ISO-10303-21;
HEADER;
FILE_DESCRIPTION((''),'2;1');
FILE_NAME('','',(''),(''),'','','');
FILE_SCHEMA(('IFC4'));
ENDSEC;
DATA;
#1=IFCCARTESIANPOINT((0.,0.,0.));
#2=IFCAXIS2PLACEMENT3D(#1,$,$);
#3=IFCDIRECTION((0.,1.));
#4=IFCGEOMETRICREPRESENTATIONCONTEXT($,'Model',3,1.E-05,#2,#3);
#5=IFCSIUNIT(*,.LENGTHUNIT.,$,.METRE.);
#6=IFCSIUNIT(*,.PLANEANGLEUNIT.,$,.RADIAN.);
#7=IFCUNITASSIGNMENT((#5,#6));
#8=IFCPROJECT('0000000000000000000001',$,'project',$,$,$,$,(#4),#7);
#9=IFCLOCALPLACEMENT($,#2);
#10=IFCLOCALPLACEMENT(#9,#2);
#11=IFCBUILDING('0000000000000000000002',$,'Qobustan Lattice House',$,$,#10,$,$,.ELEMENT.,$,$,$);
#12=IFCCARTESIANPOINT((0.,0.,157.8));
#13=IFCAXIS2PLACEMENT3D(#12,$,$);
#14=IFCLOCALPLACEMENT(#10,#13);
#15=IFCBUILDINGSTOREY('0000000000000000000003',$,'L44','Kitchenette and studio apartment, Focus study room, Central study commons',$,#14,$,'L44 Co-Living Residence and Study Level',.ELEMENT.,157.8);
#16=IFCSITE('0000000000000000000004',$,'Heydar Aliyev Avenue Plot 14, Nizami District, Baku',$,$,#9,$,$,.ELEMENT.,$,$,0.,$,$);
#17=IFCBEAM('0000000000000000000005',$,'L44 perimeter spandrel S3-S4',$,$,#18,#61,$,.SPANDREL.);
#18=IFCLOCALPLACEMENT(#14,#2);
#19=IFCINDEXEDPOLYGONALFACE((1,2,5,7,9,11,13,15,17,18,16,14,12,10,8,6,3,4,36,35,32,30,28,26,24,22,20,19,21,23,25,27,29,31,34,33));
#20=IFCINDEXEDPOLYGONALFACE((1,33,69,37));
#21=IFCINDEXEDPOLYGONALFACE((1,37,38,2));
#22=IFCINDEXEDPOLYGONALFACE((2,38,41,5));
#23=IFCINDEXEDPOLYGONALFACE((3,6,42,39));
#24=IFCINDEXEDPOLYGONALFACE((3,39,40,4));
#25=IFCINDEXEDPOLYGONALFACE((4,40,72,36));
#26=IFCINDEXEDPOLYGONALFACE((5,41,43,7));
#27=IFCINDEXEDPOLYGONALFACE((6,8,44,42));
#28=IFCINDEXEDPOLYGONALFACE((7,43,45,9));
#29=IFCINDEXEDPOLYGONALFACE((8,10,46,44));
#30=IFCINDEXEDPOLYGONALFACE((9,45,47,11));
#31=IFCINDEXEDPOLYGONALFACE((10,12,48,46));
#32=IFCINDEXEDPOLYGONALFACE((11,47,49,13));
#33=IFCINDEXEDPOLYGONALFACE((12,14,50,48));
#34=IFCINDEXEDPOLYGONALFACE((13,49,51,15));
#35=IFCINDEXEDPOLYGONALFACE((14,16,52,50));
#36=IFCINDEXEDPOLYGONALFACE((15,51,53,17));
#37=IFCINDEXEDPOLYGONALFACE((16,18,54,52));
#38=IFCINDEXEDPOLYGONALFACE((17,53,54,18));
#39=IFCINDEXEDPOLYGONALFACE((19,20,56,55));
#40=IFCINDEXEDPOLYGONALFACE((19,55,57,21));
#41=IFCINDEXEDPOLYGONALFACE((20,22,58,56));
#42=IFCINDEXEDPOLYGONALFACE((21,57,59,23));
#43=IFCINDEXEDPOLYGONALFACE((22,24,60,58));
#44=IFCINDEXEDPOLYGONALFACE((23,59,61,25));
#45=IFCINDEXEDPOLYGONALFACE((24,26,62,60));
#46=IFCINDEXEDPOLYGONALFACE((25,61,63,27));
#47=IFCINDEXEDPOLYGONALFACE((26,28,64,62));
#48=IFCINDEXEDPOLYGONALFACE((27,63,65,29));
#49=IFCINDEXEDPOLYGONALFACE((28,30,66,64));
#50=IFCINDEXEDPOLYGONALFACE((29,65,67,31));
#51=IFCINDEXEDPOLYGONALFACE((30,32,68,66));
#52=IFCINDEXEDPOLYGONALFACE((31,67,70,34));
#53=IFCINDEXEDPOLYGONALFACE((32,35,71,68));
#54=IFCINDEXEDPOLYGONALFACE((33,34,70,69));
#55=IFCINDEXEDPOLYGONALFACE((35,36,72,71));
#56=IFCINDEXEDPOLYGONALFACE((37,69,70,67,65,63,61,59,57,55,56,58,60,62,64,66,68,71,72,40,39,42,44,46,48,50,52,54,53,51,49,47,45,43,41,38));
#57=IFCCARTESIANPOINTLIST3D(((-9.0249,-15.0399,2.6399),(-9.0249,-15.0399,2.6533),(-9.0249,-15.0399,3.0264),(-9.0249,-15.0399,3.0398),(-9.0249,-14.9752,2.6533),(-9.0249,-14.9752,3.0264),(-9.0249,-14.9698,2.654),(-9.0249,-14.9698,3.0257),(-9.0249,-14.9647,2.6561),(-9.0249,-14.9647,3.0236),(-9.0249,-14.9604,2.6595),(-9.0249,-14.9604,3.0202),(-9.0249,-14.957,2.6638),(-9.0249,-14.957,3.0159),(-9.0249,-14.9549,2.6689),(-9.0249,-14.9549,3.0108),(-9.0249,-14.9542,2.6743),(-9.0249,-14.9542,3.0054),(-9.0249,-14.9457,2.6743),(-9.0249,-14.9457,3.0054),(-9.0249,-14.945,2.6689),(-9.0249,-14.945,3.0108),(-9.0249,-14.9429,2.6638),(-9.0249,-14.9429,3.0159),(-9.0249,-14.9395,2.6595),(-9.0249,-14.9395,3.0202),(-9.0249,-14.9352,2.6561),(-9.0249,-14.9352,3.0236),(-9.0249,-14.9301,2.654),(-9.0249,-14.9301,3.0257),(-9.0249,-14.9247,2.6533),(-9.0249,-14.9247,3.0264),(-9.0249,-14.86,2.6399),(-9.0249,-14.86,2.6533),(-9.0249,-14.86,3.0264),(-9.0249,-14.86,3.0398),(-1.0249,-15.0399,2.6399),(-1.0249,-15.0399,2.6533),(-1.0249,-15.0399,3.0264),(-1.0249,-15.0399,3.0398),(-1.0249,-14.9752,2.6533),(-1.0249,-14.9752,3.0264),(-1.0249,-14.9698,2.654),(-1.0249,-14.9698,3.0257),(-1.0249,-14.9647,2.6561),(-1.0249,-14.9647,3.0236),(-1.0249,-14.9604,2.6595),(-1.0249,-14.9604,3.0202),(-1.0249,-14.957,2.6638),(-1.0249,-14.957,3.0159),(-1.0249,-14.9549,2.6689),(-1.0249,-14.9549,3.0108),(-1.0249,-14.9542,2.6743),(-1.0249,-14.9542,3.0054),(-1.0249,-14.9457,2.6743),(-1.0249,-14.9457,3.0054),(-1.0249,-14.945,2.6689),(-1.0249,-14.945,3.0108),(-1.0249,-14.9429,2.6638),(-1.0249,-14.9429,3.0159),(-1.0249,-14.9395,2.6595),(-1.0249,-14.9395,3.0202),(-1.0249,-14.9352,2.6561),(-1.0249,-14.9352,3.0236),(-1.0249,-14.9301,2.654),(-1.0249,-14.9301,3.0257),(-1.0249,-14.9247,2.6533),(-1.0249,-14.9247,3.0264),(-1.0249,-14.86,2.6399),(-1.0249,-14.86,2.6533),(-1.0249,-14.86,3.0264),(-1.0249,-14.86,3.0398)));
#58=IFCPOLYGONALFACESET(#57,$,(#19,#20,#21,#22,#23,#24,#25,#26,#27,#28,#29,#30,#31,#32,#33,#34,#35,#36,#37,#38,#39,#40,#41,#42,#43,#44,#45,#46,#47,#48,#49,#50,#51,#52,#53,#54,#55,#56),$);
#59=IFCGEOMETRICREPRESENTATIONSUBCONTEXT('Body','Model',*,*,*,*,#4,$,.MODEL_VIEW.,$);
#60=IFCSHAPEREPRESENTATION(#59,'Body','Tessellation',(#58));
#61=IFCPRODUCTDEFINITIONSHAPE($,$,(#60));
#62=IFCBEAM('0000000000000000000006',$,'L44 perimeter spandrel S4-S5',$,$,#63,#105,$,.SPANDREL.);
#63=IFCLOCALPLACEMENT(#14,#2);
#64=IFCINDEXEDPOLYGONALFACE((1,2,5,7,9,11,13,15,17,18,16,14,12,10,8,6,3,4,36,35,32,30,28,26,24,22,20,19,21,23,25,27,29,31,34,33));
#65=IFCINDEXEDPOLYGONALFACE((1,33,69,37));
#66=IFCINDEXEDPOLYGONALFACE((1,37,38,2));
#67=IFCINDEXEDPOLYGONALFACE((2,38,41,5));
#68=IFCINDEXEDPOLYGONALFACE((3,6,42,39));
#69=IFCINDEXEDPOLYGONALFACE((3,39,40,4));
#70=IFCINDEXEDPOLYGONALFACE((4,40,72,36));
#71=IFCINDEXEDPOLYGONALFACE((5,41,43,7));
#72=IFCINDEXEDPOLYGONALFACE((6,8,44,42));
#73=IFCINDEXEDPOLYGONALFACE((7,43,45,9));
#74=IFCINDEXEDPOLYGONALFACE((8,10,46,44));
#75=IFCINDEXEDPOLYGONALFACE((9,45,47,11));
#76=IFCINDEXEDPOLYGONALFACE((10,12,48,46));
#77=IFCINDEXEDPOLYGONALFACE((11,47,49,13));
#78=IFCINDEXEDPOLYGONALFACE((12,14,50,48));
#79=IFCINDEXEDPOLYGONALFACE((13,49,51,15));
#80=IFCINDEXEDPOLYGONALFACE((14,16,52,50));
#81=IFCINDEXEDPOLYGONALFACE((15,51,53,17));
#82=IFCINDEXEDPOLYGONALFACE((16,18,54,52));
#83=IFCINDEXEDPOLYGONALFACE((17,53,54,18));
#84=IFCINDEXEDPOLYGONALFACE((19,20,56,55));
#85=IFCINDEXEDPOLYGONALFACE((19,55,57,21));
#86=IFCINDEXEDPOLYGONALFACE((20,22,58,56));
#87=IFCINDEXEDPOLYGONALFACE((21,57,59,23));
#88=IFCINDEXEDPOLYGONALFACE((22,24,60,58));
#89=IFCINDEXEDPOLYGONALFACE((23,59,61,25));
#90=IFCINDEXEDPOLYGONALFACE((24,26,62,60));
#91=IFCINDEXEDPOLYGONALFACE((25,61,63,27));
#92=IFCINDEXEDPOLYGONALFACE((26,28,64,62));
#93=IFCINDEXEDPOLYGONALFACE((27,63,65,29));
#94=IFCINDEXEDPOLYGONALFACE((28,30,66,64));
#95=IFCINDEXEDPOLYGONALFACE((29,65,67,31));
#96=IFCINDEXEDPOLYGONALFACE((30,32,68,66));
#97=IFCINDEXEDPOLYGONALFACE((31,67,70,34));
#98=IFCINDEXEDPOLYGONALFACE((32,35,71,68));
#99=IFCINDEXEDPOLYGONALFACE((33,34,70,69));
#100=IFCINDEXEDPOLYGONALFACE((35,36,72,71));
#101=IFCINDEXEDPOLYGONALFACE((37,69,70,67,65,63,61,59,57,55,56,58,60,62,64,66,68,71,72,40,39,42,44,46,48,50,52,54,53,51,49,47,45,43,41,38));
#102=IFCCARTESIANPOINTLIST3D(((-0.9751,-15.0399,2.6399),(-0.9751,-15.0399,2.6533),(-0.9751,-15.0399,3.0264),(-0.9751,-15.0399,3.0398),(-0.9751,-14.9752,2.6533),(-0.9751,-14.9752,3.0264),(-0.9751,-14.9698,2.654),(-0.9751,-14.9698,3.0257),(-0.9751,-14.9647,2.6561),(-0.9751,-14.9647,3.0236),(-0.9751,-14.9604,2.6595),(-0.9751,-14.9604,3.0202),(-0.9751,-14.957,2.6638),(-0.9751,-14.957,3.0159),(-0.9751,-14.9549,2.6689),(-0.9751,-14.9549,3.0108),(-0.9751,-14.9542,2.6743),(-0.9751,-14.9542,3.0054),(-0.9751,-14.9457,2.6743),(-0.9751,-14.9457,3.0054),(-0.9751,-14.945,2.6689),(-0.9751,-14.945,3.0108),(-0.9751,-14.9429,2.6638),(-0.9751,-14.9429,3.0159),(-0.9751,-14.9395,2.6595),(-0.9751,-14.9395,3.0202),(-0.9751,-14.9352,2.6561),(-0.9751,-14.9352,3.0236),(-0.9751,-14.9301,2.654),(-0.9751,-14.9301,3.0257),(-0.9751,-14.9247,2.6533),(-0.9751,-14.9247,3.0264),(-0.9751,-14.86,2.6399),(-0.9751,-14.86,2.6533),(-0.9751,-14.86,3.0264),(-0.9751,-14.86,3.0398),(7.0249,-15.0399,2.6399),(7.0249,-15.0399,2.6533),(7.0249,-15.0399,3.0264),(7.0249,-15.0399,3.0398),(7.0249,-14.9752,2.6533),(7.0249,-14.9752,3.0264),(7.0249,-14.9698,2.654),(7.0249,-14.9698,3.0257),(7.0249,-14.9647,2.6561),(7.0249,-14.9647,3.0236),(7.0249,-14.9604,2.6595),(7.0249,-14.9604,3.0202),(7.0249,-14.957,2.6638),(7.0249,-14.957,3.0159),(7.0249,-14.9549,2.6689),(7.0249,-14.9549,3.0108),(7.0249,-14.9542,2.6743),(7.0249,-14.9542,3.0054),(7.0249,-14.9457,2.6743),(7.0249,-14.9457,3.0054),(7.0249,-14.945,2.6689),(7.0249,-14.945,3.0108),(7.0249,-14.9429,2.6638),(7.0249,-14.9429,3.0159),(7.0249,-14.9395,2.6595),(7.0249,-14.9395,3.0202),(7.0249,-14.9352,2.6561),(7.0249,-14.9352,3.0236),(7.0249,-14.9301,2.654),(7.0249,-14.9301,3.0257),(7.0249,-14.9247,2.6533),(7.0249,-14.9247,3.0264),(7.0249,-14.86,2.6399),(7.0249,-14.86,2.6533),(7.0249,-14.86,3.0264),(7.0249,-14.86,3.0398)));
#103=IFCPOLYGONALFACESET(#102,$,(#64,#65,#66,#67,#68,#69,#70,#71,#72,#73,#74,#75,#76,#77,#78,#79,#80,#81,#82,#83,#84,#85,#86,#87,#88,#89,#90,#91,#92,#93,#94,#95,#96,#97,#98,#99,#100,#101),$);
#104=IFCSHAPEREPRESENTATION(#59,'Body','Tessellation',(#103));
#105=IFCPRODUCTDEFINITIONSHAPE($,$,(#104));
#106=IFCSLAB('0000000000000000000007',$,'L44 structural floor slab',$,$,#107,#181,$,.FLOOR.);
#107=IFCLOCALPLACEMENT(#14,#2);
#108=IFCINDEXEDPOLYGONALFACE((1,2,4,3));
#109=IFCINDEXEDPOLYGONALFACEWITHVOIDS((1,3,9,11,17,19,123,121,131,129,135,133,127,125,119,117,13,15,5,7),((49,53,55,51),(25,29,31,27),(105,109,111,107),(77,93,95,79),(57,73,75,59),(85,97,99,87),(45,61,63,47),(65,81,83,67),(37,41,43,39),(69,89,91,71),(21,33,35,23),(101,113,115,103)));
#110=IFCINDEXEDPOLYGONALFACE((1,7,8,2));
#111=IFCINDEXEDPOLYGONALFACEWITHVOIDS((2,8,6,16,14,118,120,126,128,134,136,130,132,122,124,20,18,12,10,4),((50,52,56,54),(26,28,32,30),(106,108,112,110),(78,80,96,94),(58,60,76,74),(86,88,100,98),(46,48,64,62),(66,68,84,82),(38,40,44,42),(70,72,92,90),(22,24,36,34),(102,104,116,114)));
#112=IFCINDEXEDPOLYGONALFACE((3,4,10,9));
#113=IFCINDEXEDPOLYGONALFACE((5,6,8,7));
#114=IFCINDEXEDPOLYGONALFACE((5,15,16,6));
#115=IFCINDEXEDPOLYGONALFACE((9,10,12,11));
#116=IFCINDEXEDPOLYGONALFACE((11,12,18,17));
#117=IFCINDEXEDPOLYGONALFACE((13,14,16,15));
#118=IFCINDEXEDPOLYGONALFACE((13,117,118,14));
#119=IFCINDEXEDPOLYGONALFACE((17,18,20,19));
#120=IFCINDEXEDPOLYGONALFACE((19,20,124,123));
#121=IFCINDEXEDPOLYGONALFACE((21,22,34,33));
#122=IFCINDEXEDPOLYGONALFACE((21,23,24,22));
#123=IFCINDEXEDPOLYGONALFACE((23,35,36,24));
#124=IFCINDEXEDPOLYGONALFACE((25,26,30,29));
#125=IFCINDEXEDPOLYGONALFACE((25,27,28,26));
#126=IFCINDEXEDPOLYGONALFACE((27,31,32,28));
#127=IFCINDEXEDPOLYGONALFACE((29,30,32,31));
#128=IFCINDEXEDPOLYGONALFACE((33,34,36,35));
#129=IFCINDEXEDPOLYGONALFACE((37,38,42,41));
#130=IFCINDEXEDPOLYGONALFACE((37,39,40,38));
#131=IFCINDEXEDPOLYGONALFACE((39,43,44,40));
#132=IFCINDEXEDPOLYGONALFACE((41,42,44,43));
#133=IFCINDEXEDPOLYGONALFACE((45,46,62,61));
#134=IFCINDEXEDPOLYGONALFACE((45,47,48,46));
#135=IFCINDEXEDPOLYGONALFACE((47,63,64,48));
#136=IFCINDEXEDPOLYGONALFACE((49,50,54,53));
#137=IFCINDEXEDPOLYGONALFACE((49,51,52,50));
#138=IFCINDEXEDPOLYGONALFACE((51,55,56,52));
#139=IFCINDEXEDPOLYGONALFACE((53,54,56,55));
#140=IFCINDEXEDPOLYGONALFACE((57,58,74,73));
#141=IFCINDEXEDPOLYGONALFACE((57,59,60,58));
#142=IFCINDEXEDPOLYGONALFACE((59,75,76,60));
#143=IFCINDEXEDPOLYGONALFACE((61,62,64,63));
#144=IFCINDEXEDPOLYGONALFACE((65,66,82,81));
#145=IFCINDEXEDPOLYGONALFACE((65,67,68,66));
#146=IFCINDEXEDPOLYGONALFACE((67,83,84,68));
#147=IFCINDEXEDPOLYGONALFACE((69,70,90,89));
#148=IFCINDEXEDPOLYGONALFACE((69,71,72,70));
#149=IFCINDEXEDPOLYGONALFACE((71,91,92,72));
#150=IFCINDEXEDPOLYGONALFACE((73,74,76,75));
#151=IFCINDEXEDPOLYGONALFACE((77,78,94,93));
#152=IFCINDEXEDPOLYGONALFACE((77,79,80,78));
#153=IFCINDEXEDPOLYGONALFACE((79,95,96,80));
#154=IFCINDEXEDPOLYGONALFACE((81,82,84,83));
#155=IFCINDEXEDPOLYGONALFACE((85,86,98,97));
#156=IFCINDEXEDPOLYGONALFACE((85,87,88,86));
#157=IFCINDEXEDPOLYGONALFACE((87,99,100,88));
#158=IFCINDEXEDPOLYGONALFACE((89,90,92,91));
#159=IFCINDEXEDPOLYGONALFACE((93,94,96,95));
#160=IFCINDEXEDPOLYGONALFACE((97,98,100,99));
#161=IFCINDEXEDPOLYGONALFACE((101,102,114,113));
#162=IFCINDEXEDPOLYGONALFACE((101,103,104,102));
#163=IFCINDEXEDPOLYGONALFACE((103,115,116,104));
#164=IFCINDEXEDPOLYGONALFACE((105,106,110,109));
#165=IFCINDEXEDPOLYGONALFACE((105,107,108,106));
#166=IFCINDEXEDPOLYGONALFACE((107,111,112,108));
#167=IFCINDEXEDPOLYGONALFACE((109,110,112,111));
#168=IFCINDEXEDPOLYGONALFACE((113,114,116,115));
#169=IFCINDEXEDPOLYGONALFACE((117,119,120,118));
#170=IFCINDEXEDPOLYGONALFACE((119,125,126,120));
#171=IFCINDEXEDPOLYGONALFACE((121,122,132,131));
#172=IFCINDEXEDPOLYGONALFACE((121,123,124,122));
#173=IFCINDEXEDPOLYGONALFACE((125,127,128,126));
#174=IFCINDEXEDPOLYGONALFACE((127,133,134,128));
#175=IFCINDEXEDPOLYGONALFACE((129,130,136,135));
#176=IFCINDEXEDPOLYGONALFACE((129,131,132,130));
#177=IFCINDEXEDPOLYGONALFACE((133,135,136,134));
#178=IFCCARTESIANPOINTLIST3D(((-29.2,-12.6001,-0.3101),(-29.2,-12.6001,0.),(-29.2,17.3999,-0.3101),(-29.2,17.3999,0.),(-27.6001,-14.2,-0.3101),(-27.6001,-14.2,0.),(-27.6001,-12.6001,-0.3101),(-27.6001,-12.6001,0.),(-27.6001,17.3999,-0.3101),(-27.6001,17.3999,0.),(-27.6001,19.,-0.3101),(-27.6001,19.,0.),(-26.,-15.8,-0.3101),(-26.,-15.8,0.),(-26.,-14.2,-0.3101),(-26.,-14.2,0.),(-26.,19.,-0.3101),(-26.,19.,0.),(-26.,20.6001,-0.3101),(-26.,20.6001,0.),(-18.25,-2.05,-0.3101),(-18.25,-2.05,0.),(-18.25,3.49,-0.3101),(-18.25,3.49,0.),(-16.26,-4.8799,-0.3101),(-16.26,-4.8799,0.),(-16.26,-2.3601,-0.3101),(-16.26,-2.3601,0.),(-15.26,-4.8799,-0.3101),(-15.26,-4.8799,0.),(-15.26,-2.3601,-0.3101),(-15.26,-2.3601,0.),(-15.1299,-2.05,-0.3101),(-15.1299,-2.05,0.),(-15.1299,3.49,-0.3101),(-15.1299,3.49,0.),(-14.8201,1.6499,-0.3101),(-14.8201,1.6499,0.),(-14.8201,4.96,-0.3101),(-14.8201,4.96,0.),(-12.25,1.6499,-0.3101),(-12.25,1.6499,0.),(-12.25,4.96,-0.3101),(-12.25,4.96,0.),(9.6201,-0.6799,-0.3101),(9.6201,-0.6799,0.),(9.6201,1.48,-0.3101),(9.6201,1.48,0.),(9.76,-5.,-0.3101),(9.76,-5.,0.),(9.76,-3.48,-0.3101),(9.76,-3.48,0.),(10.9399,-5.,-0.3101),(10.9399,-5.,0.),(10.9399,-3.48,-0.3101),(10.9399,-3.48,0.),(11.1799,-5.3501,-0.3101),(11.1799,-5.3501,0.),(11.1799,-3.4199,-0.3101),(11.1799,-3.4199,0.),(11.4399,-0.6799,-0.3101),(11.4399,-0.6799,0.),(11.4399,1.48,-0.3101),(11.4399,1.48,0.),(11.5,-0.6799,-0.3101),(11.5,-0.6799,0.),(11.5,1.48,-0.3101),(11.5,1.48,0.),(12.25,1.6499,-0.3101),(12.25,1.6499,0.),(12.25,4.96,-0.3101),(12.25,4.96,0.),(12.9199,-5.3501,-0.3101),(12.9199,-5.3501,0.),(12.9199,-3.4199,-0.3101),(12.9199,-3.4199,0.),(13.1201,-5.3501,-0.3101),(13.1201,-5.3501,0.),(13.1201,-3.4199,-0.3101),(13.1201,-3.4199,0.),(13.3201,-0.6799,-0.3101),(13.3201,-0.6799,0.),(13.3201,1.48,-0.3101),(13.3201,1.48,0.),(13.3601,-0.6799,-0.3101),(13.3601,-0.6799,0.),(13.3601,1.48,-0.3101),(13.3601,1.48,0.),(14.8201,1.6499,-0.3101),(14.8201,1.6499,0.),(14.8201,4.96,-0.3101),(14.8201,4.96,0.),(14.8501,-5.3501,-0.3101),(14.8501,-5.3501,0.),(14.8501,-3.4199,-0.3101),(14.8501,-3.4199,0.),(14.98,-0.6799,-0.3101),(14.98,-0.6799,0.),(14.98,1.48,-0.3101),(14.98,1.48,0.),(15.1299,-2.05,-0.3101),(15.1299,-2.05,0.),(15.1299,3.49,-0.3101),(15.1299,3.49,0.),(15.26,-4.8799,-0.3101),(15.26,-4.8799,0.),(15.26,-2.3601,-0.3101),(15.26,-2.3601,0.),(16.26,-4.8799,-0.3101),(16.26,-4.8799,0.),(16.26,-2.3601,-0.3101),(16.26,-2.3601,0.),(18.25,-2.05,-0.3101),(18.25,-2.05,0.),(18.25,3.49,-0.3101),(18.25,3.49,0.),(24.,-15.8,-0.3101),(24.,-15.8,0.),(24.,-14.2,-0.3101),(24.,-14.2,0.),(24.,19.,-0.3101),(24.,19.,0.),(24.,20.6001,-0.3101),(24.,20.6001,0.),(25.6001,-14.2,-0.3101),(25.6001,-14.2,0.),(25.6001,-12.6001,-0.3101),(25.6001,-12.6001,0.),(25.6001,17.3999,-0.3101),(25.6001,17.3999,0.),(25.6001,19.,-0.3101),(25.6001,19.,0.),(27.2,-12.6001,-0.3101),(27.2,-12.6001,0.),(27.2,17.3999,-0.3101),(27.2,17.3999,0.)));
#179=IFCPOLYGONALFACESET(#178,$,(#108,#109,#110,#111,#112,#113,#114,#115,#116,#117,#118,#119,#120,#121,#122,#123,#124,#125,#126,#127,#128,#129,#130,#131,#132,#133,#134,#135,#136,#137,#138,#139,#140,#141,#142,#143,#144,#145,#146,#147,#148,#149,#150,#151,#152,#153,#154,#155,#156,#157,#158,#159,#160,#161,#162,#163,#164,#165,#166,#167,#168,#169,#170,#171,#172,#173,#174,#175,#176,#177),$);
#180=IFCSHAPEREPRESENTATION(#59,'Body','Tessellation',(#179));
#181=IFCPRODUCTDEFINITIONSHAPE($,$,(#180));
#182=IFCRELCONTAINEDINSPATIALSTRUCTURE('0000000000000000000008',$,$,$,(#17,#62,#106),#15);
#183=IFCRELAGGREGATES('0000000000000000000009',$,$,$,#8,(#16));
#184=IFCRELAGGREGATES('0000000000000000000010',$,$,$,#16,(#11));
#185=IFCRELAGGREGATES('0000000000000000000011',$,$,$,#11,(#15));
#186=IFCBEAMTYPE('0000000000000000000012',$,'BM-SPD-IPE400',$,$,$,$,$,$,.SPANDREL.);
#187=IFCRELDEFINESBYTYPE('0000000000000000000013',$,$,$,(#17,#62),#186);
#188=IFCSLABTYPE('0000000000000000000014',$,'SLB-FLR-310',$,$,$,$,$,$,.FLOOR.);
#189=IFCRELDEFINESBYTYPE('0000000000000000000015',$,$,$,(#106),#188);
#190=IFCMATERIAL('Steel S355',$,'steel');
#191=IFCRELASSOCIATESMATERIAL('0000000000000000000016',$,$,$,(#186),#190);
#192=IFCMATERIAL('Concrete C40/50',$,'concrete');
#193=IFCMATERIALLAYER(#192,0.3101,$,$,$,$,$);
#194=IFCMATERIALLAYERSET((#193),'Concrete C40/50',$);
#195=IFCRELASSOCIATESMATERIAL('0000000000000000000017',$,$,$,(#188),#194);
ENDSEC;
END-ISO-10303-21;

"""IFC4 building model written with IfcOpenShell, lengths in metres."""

from ifc_helpers import new_model, si_unit, direction, frame, origin, origin_2d, place, context, subcontext, project, spatial, polyline, i_section, outline, extrude, material, layer, layer_set, material_profile, profile_set, type_object, element, save


model = new_model("IFC4")

# Units and contexts
model_context = context("Model", 3, precision=1e-05, world=origin(), true_north=direction((0.0, 1.0)))
body_context = subcontext(model_context, "Body", "Model", "MODEL_VIEW")
ifc_project = project(units=[si_unit("LENGTHUNIT", "METRE"), si_unit("PLANEANGLEUNIT", "RADIAN")], contexts=[model_context])

# Site, building, storey
site_placement = place(None, origin())
site = spatial("IfcSite", under=ifc_project, at=site_placement, Name="Heydar Aliyev Avenue Plot 14, Nizami District, Baku", CompositionType="ELEMENT", RefElevation=0.0)
building_placement = place(site_placement, origin())
building = spatial("IfcBuilding", under=site, at=building_placement, Name="Qobustan Lattice House", CompositionType="ELEMENT")
storey_placement = place(building_placement, frame((0.0, 0.0, 157.8)))
storey = spatial("IfcBuildingStorey", under=building, at=storey_placement, Name="L44", Description="Kitchenette and studio apartment, Focus study room, Central study commons", LongName="L44 Co-Living Residence and Study Level", CompositionType="ELEMENT", Elevation=157.8)

# Beams
ifc_material_1 = material(Name="Steel S355", Category="steel")
ifc_material_profile_1 = material_profile(ifc_material_1, i_section(OverallWidth=0.1799, OverallDepth=0.3999, WebThickness=0.0085, FlangeThickness=0.0134, FilletRadius=0.021, at=origin_2d()), Name="IPE400")
ifc_profile_set_1 = profile_set([ifc_material_profile_1], Name="Steel S355")
beam_type_1 = type_object("IfcBeamType", Name="BM-SPD-IPE400", PredefinedType="SPANDREL", material=ifc_profile_set_1)
for number, where, z_axis, x_axis, name in (
    (1, (-9.0249, -14.95, 2.8398), (1.0, 0.0, 0.0), (0.0, 1.0, 0.0), "L44 perimeter spandrel S3-S4"),
    (2, (-0.9751, -14.95, 2.8398), (1.0, 0.0, 0.0), (0.0, 1.0, 0.0), "L44 perimeter spandrel S4-S5"),
):
    element("IfcBeam", number, at=place(storey_placement, frame(where, z_axis=z_axis, x_axis=x_axis)), inside=storey, type_object=beam_type_1, Name=name, PredefinedType="SPANDREL", context=body_context, shape_type="SweptSolid", body=[
        extrude(i_section(OverallWidth=0.1799, OverallDepth=0.3999, WebThickness=0.0085, FlangeThickness=0.0134, FilletRadius=0.021, at=origin_2d()), origin(), (0.0, 0.0, 1.0), 8.0),
    ])

# Slab
ifc_material_2 = material(Name="Concrete C40/50", Category="concrete")
ifc_layer_1 = layer(ifc_material_2, 0.3101)
ifc_layer_set_1 = layer_set([ifc_layer_1], Name="Concrete C40/50")
slab_type_1 = type_object("IfcSlabType", Name="SLB-FLR-310", PredefinedType="FLOOR", material=ifc_layer_set_1)
slab_1_placement = place(storey_placement, frame((0.0, 0.0, -0.3101)))
element("IfcSlab", 3, at=slab_1_placement, inside=storey, type_object=slab_type_1, Name="L44 structural floor slab", PredefinedType="FLOOR", context=body_context, shape_type="SweptSolid", body=[
    extrude(outline(polyline([(-26.0, -15.8), (24.0, -15.8), (24.0, -14.2), (25.6001, -14.2), (25.6001, -12.6001), (27.2, -12.6001), (27.2, 17.3999), (25.6001, 17.3999), (25.6001, 19.0), (24.0, 19.0), (24.0, 20.6001), (-26.0, 20.6001), (-26.0, 19.0), (-27.6001, 19.0), (-27.6001, 17.3999), (-29.2, 17.3999), (-29.2, -12.6001), (-27.6001, -12.6001), (-27.6001, -14.2), (-26.0, -14.2), (-26.0, -15.8)]), holes=[polyline([(-18.25, -2.05), (-18.25, 3.49), (-15.1299, 3.49), (-15.1299, -2.05), (-18.25, -2.05)]), polyline([(15.1299, -2.05), (15.1299, 3.49), (18.25, 3.49), (18.25, -2.05), (15.1299, -2.05)]), polyline([(-14.8201, 1.6499), (-14.8201, 4.96), (-12.25, 4.96), (-12.25, 1.6499), (-14.8201, 1.6499)]), polyline([(12.25, 1.6499), (12.25, 4.96), (14.8201, 4.96), (14.8201, 1.6499), (12.25, 1.6499)]), polyline([(-16.26, -4.8799), (-16.26, -2.3601), (-15.26, -2.3601), (-15.26, -4.8799), (-16.26, -4.8799)]), polyline([(15.26, -4.8799), (15.26, -2.3601), (16.26, -2.3601), (16.26, -4.8799), (15.26, -4.8799)]), polyline([(11.1799, -5.3501), (11.1799, -3.4199), (12.9199, -3.4199), (12.9199, -5.3501), (11.1799, -5.3501)]), polyline([(13.1201, -5.3501), (13.1201, -3.4199), (14.8501, -3.4199), (14.8501, -5.3501), (13.1201, -5.3501)]), polyline([(9.76, -5.0), (9.76, -3.48), (10.9399, -3.48), (10.9399, -5.0), (9.76, -5.0)]), polyline([(13.3601, -0.6799), (13.3601, 1.48), (14.98, 1.48), (14.98, -0.6799), (13.3601, -0.6799)]), polyline([(9.6201, -0.6799), (9.6201, 1.48), (11.4399, 1.48), (11.4399, -0.6799), (9.6201, -0.6799)]), polyline([(11.5, -0.6799), (11.5, 1.48), (13.3201, 1.48), (13.3201, -0.6799), (11.5, -0.6799)])]), origin(), (0.0, 0.0, 1.0), 0.3101),
])

save(model, "model.ifc")
